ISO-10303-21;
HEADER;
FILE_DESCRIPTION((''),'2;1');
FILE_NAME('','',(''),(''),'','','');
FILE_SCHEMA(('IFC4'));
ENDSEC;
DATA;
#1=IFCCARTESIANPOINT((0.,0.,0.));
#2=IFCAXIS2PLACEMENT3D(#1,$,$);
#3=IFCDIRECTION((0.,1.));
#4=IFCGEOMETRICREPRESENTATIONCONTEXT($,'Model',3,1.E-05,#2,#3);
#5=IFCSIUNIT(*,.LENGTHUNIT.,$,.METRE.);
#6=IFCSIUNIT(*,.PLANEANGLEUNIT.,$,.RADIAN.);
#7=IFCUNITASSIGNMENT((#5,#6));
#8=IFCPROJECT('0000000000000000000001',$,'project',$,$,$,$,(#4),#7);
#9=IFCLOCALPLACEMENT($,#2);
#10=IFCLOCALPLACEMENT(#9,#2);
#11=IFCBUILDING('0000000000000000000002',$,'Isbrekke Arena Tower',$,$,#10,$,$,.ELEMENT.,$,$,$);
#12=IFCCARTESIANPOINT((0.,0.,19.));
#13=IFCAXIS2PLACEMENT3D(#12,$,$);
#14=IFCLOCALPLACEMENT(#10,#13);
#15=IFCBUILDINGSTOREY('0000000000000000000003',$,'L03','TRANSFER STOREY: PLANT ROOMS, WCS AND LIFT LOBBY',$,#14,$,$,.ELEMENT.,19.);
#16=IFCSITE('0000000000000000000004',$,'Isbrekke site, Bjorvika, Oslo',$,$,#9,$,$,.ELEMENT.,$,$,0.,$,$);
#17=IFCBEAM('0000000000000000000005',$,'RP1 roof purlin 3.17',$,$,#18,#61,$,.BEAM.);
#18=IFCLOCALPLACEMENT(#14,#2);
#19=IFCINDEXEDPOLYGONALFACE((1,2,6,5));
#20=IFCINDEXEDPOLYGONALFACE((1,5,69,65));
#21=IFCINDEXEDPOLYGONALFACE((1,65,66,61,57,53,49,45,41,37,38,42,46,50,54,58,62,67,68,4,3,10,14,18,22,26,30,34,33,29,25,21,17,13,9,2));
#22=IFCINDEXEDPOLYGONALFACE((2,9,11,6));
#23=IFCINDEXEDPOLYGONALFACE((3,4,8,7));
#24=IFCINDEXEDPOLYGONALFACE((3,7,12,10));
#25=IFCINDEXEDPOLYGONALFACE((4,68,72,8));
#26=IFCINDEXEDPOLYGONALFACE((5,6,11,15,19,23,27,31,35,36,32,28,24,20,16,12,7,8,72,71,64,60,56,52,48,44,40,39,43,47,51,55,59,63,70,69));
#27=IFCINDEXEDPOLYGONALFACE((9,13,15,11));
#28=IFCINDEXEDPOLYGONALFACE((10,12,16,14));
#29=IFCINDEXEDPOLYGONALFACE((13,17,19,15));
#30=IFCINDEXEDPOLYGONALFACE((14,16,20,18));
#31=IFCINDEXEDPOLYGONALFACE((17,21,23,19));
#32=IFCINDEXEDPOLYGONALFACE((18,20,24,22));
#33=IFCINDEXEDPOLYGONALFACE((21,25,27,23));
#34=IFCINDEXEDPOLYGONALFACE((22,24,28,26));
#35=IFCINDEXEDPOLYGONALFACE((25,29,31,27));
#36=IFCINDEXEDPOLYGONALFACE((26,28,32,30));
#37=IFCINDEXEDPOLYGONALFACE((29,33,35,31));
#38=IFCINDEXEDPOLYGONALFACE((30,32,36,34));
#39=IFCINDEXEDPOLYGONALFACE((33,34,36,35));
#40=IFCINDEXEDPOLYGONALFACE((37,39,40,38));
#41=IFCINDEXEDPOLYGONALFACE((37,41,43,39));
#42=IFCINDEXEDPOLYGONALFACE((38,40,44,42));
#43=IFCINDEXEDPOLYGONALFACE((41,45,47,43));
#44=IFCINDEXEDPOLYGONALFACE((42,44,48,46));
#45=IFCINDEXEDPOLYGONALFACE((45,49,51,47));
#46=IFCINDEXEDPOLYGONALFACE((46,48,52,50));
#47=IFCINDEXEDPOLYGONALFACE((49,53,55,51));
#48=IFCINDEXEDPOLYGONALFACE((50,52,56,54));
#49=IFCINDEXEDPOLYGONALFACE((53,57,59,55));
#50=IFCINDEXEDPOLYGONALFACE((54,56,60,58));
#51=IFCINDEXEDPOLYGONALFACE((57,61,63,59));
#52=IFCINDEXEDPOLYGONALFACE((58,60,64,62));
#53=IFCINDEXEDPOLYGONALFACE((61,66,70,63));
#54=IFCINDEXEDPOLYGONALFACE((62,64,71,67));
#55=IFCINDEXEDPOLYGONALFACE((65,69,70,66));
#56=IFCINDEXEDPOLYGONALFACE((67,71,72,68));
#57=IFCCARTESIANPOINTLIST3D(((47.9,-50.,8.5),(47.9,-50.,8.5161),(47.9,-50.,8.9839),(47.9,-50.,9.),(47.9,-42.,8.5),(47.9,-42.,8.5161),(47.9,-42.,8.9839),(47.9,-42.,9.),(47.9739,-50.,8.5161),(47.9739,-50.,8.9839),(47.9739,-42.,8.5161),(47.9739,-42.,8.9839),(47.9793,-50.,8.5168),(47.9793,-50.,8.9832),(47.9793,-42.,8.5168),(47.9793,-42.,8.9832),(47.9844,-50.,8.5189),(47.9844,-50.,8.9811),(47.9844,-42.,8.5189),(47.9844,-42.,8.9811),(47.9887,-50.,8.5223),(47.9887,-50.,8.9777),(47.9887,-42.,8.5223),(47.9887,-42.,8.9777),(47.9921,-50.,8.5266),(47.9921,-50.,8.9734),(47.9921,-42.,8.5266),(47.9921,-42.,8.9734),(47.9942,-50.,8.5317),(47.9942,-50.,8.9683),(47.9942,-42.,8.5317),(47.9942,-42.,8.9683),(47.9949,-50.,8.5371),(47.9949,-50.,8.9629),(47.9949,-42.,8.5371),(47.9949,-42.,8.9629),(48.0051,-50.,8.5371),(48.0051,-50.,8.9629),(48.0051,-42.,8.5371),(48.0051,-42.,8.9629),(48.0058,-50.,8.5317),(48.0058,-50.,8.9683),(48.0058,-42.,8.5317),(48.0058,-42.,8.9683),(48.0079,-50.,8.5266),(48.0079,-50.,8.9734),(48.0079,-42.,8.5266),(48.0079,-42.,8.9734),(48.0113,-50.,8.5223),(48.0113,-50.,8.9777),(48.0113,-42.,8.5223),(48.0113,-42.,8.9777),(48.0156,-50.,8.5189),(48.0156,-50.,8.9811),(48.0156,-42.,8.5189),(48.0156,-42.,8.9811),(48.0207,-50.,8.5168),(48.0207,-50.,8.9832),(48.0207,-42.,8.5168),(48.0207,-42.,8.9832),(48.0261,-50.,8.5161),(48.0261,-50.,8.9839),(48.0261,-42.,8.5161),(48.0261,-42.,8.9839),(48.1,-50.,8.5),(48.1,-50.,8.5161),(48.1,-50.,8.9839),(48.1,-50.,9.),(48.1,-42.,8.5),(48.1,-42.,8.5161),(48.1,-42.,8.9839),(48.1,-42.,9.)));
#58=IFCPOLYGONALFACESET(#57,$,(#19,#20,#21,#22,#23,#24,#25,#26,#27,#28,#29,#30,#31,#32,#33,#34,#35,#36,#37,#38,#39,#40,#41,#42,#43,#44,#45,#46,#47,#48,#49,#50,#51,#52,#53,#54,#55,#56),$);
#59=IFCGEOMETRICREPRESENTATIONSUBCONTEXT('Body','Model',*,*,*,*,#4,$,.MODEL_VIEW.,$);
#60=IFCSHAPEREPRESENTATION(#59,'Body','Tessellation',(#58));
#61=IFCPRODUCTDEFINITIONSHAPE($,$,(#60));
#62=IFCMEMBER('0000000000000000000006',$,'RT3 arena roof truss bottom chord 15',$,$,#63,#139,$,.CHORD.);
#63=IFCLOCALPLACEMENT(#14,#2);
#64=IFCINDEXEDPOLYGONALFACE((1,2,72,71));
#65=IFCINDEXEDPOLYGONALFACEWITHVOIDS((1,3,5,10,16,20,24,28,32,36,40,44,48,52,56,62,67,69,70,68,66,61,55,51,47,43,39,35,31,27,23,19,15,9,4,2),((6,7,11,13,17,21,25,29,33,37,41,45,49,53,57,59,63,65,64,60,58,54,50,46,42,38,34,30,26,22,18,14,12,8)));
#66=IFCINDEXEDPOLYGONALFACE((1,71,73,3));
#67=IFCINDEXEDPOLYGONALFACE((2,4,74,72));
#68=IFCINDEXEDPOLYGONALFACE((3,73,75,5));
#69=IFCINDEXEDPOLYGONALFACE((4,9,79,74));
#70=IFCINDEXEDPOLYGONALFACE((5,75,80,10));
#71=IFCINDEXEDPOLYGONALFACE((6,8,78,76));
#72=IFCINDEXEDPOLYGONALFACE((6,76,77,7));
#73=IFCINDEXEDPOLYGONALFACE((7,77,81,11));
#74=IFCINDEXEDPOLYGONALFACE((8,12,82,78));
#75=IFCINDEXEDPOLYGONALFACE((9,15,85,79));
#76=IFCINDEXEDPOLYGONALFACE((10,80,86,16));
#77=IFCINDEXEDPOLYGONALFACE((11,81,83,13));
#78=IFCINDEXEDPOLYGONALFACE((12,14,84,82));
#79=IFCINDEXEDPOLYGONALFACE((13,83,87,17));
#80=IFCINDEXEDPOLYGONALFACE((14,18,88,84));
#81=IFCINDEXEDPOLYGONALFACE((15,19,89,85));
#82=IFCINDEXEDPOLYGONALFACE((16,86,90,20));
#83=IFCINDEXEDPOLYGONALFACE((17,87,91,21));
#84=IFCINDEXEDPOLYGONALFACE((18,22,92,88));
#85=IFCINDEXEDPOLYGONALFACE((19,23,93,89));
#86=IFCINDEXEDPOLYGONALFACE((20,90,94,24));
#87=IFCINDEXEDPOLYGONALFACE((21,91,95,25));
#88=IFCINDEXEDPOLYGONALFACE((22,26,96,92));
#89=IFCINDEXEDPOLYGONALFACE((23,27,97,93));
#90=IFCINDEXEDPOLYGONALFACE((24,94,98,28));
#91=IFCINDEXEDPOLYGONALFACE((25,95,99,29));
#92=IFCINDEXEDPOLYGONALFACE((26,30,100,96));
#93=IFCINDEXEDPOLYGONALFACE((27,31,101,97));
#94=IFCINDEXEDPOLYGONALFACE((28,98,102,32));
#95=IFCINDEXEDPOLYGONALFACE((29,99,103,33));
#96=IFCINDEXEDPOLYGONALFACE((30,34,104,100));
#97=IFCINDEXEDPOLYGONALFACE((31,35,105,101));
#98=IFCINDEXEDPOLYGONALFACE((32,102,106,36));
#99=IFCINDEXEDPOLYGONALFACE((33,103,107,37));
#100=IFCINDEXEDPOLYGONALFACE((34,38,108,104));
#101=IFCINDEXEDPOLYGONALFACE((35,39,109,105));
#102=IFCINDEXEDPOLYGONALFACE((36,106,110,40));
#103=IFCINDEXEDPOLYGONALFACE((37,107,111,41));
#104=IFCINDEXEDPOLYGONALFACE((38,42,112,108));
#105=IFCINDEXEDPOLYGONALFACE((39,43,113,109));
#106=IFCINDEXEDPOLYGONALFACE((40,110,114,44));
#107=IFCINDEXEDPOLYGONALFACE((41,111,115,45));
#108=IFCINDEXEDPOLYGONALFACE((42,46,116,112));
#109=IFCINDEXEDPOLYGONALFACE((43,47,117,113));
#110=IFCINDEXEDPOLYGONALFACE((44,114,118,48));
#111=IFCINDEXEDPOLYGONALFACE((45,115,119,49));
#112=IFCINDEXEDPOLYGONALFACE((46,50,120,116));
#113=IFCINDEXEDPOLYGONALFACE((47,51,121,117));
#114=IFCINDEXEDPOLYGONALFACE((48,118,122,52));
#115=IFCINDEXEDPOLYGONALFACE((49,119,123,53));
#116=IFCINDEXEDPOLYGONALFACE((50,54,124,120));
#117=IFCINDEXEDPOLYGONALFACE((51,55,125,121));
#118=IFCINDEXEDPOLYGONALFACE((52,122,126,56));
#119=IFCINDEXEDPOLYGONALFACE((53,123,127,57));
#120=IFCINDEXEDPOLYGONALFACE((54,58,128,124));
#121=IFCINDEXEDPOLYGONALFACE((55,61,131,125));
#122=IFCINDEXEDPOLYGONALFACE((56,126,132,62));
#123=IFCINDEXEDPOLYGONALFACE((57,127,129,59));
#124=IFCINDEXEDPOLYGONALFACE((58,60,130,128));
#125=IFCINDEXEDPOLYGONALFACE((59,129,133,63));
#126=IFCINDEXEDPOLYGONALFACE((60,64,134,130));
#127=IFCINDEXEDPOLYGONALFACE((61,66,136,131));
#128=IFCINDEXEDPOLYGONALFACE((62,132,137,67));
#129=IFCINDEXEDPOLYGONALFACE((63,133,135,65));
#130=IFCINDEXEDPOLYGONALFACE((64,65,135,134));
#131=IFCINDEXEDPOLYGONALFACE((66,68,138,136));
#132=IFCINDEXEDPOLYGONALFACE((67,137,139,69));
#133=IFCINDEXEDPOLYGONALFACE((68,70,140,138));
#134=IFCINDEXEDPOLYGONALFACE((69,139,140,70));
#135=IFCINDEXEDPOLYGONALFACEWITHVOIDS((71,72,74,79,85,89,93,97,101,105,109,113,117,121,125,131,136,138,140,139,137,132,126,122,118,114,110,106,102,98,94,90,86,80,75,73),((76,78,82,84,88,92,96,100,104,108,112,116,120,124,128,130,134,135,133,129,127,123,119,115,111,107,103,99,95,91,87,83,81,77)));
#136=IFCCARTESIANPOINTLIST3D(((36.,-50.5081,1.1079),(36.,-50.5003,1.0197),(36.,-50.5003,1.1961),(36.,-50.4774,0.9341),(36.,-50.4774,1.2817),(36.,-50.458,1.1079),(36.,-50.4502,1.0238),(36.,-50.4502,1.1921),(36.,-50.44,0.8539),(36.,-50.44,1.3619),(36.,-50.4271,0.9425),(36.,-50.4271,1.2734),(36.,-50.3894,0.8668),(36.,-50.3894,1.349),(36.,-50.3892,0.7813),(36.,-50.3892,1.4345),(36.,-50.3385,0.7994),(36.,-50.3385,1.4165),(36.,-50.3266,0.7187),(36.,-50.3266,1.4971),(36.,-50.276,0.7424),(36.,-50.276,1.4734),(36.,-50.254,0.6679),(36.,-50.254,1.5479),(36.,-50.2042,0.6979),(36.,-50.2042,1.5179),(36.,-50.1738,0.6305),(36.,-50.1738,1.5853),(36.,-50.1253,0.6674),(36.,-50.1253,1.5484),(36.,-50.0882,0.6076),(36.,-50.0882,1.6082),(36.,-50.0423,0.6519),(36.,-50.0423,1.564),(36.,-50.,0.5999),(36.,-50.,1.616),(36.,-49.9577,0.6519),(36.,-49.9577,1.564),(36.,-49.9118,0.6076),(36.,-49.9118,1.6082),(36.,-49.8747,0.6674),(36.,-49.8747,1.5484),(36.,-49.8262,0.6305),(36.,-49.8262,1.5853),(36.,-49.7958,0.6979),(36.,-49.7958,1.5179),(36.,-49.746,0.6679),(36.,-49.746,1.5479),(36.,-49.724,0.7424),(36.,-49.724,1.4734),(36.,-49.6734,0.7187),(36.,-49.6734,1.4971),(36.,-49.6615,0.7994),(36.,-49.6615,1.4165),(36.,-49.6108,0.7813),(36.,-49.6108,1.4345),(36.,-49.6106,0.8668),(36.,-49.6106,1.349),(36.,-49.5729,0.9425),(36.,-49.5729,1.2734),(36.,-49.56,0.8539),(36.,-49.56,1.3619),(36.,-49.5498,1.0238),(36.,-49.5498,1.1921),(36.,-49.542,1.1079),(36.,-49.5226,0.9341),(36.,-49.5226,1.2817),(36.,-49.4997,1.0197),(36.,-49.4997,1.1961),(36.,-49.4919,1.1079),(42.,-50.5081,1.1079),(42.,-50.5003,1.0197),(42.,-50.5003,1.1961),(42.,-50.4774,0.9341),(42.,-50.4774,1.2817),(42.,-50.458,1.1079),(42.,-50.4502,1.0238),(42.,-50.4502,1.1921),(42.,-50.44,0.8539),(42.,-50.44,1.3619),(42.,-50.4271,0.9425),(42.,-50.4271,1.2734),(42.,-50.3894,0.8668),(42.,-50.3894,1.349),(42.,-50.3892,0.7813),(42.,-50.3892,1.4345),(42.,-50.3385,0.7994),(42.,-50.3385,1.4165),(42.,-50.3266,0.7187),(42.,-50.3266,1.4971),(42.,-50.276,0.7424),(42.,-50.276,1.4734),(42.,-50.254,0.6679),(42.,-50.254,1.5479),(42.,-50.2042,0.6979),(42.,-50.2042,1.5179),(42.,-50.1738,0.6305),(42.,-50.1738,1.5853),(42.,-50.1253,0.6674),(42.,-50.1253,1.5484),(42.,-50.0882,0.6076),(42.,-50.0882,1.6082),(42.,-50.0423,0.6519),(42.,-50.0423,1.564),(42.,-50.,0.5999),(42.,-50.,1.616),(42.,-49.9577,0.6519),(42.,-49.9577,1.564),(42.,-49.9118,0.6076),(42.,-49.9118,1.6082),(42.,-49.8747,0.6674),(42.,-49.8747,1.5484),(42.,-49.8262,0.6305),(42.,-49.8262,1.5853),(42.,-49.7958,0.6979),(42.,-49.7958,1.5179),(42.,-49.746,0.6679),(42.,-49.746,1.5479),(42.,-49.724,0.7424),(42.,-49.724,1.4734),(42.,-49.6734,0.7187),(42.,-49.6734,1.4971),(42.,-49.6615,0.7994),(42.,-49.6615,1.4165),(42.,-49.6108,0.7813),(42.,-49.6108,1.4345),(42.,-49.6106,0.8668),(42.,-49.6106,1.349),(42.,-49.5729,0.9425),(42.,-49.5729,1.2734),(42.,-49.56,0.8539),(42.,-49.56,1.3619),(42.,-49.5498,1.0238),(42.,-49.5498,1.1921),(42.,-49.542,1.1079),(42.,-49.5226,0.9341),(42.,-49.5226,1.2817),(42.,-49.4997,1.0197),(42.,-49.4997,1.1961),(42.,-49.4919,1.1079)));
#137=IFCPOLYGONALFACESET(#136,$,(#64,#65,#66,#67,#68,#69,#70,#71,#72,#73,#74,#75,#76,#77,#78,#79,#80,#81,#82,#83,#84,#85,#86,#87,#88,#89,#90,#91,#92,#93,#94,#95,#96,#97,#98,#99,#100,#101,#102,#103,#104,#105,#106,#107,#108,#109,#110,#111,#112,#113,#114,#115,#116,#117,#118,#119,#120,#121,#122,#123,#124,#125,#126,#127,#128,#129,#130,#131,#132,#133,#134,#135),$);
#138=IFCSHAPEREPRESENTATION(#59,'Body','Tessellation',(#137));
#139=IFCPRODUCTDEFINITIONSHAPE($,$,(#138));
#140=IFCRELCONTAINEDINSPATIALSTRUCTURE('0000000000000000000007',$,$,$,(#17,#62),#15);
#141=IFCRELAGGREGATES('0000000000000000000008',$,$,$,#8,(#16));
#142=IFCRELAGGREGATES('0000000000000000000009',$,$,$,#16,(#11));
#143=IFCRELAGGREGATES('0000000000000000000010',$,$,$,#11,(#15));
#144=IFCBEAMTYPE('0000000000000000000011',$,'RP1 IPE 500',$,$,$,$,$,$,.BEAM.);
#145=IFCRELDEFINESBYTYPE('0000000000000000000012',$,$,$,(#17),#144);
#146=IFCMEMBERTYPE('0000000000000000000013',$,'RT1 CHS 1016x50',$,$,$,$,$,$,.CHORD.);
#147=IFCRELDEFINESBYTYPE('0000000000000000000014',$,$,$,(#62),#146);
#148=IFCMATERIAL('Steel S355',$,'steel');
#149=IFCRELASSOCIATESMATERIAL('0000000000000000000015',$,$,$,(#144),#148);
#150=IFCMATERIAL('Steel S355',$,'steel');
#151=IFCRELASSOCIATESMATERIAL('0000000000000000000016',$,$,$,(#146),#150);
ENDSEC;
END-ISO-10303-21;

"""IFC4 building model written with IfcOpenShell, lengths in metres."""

from ifc_helpers import new_model, si_unit, direction, frame, origin, origin_2d, place, context, subcontext, project, spatial, hollow_circle, i_section, extrude, material, material_profile, profile_set, type_object, element, save


model = new_model("IFC4")

# Units and contexts
model_context = context("Model", 3, precision=1e-05, world=origin(), true_north=direction((0.0, 1.0)))
body_context = subcontext(model_context, "Body", "Model", "MODEL_VIEW")
ifc_project = project(units=[si_unit("LENGTHUNIT", "METRE"), si_unit("PLANEANGLEUNIT", "RADIAN")], contexts=[model_context])

# Site, building, storey
site_placement = place(None, origin())
site = spatial("IfcSite", under=ifc_project, at=site_placement, Name="Isbrekke site, Bjorvika, Oslo", CompositionType="ELEMENT", RefElevation=0.0)
building_placement = place(site_placement, origin())
building = spatial("IfcBuilding", under=site, at=building_placement, Name="Isbrekke Arena Tower", CompositionType="ELEMENT")
storey_placement = place(building_placement, frame((0.0, 0.0, 19.0)))
storey = spatial("IfcBuildingStorey", under=building, at=storey_placement, Name="L03", Description="TRANSFER STOREY: PLANT ROOMS, WCS AND LIFT LOBBY", CompositionType="ELEMENT", Elevation=19.0)

# Beam
ifc_material_1 = material(Name="Steel S355", Category="steel")
ifc_material_profile_1 = material_profile(ifc_material_1, i_section(OverallWidth=0.2, OverallDepth=0.5, WebThickness=0.0103, FlangeThickness=0.0161, FilletRadius=0.021, at=origin_2d()), Name="IPE 500")
ifc_profile_set_1 = profile_set([ifc_material_profile_1], Name="Steel S355")
beam_type = type_object("IfcBeamType", Name="RP1 IPE 500", PredefinedType="BEAM", material=ifc_profile_set_1)
for number, where, z_axis, x_axis, name in (
    (1, (48.0, -50.0, 8.75), (0.0, 1.0, 0.0), (-1.0, 0.0, 0.0), "RP1 roof purlin 3.17"),
):
    element("IfcBeam", number, at=place(storey_placement, frame(where, z_axis=z_axis, x_axis=x_axis)), inside=storey, type_object=beam_type, Name=name, PredefinedType="BEAM", context=body_context, shape_type="SweptSolid", body=[
        extrude(i_section(OverallWidth=0.2, OverallDepth=0.5, WebThickness=0.0103, FlangeThickness=0.0161, FilletRadius=0.021, at=origin_2d()), origin(), (0.0, 0.0, 1.0), 8.0),
    ])

# Member
ifc_material_2 = material(Name="Steel S355", Category="steel")
ifc_material_profile_2 = material_profile(ifc_material_2, hollow_circle(Radius=0.5081, WallThickness=0.05, at=origin_2d()), Name="CHS 1016x50")
ifc_profile_set_2 = profile_set([ifc_material_profile_2], Name="Steel S355")
member_type_1 = type_object("IfcMemberType", Name="RT1 CHS 1016x50", PredefinedType="CHORD", material=ifc_profile_set_2)
for number, where, z_axis, x_axis, name in (
    (2, (36.0, -50.0, 1.1079), (1.0, 0.0, 0.0), (0.0, 1.0, 0.0), "RT3 arena roof truss bottom chord 15"),
):
    element("IfcMember", number, at=place(storey_placement, frame(where, z_axis=z_axis, x_axis=x_axis)), inside=storey, type_object=member_type_1, Name=name, PredefinedType="CHORD", context=body_context, shape_type="SweptSolid", body=[
        extrude(hollow_circle(Radius=0.5081, WallThickness=0.05, at=origin_2d()), origin(), (0.0, 0.0, 1.0), 6.0),
    ])

save(model, "model.ifc")
